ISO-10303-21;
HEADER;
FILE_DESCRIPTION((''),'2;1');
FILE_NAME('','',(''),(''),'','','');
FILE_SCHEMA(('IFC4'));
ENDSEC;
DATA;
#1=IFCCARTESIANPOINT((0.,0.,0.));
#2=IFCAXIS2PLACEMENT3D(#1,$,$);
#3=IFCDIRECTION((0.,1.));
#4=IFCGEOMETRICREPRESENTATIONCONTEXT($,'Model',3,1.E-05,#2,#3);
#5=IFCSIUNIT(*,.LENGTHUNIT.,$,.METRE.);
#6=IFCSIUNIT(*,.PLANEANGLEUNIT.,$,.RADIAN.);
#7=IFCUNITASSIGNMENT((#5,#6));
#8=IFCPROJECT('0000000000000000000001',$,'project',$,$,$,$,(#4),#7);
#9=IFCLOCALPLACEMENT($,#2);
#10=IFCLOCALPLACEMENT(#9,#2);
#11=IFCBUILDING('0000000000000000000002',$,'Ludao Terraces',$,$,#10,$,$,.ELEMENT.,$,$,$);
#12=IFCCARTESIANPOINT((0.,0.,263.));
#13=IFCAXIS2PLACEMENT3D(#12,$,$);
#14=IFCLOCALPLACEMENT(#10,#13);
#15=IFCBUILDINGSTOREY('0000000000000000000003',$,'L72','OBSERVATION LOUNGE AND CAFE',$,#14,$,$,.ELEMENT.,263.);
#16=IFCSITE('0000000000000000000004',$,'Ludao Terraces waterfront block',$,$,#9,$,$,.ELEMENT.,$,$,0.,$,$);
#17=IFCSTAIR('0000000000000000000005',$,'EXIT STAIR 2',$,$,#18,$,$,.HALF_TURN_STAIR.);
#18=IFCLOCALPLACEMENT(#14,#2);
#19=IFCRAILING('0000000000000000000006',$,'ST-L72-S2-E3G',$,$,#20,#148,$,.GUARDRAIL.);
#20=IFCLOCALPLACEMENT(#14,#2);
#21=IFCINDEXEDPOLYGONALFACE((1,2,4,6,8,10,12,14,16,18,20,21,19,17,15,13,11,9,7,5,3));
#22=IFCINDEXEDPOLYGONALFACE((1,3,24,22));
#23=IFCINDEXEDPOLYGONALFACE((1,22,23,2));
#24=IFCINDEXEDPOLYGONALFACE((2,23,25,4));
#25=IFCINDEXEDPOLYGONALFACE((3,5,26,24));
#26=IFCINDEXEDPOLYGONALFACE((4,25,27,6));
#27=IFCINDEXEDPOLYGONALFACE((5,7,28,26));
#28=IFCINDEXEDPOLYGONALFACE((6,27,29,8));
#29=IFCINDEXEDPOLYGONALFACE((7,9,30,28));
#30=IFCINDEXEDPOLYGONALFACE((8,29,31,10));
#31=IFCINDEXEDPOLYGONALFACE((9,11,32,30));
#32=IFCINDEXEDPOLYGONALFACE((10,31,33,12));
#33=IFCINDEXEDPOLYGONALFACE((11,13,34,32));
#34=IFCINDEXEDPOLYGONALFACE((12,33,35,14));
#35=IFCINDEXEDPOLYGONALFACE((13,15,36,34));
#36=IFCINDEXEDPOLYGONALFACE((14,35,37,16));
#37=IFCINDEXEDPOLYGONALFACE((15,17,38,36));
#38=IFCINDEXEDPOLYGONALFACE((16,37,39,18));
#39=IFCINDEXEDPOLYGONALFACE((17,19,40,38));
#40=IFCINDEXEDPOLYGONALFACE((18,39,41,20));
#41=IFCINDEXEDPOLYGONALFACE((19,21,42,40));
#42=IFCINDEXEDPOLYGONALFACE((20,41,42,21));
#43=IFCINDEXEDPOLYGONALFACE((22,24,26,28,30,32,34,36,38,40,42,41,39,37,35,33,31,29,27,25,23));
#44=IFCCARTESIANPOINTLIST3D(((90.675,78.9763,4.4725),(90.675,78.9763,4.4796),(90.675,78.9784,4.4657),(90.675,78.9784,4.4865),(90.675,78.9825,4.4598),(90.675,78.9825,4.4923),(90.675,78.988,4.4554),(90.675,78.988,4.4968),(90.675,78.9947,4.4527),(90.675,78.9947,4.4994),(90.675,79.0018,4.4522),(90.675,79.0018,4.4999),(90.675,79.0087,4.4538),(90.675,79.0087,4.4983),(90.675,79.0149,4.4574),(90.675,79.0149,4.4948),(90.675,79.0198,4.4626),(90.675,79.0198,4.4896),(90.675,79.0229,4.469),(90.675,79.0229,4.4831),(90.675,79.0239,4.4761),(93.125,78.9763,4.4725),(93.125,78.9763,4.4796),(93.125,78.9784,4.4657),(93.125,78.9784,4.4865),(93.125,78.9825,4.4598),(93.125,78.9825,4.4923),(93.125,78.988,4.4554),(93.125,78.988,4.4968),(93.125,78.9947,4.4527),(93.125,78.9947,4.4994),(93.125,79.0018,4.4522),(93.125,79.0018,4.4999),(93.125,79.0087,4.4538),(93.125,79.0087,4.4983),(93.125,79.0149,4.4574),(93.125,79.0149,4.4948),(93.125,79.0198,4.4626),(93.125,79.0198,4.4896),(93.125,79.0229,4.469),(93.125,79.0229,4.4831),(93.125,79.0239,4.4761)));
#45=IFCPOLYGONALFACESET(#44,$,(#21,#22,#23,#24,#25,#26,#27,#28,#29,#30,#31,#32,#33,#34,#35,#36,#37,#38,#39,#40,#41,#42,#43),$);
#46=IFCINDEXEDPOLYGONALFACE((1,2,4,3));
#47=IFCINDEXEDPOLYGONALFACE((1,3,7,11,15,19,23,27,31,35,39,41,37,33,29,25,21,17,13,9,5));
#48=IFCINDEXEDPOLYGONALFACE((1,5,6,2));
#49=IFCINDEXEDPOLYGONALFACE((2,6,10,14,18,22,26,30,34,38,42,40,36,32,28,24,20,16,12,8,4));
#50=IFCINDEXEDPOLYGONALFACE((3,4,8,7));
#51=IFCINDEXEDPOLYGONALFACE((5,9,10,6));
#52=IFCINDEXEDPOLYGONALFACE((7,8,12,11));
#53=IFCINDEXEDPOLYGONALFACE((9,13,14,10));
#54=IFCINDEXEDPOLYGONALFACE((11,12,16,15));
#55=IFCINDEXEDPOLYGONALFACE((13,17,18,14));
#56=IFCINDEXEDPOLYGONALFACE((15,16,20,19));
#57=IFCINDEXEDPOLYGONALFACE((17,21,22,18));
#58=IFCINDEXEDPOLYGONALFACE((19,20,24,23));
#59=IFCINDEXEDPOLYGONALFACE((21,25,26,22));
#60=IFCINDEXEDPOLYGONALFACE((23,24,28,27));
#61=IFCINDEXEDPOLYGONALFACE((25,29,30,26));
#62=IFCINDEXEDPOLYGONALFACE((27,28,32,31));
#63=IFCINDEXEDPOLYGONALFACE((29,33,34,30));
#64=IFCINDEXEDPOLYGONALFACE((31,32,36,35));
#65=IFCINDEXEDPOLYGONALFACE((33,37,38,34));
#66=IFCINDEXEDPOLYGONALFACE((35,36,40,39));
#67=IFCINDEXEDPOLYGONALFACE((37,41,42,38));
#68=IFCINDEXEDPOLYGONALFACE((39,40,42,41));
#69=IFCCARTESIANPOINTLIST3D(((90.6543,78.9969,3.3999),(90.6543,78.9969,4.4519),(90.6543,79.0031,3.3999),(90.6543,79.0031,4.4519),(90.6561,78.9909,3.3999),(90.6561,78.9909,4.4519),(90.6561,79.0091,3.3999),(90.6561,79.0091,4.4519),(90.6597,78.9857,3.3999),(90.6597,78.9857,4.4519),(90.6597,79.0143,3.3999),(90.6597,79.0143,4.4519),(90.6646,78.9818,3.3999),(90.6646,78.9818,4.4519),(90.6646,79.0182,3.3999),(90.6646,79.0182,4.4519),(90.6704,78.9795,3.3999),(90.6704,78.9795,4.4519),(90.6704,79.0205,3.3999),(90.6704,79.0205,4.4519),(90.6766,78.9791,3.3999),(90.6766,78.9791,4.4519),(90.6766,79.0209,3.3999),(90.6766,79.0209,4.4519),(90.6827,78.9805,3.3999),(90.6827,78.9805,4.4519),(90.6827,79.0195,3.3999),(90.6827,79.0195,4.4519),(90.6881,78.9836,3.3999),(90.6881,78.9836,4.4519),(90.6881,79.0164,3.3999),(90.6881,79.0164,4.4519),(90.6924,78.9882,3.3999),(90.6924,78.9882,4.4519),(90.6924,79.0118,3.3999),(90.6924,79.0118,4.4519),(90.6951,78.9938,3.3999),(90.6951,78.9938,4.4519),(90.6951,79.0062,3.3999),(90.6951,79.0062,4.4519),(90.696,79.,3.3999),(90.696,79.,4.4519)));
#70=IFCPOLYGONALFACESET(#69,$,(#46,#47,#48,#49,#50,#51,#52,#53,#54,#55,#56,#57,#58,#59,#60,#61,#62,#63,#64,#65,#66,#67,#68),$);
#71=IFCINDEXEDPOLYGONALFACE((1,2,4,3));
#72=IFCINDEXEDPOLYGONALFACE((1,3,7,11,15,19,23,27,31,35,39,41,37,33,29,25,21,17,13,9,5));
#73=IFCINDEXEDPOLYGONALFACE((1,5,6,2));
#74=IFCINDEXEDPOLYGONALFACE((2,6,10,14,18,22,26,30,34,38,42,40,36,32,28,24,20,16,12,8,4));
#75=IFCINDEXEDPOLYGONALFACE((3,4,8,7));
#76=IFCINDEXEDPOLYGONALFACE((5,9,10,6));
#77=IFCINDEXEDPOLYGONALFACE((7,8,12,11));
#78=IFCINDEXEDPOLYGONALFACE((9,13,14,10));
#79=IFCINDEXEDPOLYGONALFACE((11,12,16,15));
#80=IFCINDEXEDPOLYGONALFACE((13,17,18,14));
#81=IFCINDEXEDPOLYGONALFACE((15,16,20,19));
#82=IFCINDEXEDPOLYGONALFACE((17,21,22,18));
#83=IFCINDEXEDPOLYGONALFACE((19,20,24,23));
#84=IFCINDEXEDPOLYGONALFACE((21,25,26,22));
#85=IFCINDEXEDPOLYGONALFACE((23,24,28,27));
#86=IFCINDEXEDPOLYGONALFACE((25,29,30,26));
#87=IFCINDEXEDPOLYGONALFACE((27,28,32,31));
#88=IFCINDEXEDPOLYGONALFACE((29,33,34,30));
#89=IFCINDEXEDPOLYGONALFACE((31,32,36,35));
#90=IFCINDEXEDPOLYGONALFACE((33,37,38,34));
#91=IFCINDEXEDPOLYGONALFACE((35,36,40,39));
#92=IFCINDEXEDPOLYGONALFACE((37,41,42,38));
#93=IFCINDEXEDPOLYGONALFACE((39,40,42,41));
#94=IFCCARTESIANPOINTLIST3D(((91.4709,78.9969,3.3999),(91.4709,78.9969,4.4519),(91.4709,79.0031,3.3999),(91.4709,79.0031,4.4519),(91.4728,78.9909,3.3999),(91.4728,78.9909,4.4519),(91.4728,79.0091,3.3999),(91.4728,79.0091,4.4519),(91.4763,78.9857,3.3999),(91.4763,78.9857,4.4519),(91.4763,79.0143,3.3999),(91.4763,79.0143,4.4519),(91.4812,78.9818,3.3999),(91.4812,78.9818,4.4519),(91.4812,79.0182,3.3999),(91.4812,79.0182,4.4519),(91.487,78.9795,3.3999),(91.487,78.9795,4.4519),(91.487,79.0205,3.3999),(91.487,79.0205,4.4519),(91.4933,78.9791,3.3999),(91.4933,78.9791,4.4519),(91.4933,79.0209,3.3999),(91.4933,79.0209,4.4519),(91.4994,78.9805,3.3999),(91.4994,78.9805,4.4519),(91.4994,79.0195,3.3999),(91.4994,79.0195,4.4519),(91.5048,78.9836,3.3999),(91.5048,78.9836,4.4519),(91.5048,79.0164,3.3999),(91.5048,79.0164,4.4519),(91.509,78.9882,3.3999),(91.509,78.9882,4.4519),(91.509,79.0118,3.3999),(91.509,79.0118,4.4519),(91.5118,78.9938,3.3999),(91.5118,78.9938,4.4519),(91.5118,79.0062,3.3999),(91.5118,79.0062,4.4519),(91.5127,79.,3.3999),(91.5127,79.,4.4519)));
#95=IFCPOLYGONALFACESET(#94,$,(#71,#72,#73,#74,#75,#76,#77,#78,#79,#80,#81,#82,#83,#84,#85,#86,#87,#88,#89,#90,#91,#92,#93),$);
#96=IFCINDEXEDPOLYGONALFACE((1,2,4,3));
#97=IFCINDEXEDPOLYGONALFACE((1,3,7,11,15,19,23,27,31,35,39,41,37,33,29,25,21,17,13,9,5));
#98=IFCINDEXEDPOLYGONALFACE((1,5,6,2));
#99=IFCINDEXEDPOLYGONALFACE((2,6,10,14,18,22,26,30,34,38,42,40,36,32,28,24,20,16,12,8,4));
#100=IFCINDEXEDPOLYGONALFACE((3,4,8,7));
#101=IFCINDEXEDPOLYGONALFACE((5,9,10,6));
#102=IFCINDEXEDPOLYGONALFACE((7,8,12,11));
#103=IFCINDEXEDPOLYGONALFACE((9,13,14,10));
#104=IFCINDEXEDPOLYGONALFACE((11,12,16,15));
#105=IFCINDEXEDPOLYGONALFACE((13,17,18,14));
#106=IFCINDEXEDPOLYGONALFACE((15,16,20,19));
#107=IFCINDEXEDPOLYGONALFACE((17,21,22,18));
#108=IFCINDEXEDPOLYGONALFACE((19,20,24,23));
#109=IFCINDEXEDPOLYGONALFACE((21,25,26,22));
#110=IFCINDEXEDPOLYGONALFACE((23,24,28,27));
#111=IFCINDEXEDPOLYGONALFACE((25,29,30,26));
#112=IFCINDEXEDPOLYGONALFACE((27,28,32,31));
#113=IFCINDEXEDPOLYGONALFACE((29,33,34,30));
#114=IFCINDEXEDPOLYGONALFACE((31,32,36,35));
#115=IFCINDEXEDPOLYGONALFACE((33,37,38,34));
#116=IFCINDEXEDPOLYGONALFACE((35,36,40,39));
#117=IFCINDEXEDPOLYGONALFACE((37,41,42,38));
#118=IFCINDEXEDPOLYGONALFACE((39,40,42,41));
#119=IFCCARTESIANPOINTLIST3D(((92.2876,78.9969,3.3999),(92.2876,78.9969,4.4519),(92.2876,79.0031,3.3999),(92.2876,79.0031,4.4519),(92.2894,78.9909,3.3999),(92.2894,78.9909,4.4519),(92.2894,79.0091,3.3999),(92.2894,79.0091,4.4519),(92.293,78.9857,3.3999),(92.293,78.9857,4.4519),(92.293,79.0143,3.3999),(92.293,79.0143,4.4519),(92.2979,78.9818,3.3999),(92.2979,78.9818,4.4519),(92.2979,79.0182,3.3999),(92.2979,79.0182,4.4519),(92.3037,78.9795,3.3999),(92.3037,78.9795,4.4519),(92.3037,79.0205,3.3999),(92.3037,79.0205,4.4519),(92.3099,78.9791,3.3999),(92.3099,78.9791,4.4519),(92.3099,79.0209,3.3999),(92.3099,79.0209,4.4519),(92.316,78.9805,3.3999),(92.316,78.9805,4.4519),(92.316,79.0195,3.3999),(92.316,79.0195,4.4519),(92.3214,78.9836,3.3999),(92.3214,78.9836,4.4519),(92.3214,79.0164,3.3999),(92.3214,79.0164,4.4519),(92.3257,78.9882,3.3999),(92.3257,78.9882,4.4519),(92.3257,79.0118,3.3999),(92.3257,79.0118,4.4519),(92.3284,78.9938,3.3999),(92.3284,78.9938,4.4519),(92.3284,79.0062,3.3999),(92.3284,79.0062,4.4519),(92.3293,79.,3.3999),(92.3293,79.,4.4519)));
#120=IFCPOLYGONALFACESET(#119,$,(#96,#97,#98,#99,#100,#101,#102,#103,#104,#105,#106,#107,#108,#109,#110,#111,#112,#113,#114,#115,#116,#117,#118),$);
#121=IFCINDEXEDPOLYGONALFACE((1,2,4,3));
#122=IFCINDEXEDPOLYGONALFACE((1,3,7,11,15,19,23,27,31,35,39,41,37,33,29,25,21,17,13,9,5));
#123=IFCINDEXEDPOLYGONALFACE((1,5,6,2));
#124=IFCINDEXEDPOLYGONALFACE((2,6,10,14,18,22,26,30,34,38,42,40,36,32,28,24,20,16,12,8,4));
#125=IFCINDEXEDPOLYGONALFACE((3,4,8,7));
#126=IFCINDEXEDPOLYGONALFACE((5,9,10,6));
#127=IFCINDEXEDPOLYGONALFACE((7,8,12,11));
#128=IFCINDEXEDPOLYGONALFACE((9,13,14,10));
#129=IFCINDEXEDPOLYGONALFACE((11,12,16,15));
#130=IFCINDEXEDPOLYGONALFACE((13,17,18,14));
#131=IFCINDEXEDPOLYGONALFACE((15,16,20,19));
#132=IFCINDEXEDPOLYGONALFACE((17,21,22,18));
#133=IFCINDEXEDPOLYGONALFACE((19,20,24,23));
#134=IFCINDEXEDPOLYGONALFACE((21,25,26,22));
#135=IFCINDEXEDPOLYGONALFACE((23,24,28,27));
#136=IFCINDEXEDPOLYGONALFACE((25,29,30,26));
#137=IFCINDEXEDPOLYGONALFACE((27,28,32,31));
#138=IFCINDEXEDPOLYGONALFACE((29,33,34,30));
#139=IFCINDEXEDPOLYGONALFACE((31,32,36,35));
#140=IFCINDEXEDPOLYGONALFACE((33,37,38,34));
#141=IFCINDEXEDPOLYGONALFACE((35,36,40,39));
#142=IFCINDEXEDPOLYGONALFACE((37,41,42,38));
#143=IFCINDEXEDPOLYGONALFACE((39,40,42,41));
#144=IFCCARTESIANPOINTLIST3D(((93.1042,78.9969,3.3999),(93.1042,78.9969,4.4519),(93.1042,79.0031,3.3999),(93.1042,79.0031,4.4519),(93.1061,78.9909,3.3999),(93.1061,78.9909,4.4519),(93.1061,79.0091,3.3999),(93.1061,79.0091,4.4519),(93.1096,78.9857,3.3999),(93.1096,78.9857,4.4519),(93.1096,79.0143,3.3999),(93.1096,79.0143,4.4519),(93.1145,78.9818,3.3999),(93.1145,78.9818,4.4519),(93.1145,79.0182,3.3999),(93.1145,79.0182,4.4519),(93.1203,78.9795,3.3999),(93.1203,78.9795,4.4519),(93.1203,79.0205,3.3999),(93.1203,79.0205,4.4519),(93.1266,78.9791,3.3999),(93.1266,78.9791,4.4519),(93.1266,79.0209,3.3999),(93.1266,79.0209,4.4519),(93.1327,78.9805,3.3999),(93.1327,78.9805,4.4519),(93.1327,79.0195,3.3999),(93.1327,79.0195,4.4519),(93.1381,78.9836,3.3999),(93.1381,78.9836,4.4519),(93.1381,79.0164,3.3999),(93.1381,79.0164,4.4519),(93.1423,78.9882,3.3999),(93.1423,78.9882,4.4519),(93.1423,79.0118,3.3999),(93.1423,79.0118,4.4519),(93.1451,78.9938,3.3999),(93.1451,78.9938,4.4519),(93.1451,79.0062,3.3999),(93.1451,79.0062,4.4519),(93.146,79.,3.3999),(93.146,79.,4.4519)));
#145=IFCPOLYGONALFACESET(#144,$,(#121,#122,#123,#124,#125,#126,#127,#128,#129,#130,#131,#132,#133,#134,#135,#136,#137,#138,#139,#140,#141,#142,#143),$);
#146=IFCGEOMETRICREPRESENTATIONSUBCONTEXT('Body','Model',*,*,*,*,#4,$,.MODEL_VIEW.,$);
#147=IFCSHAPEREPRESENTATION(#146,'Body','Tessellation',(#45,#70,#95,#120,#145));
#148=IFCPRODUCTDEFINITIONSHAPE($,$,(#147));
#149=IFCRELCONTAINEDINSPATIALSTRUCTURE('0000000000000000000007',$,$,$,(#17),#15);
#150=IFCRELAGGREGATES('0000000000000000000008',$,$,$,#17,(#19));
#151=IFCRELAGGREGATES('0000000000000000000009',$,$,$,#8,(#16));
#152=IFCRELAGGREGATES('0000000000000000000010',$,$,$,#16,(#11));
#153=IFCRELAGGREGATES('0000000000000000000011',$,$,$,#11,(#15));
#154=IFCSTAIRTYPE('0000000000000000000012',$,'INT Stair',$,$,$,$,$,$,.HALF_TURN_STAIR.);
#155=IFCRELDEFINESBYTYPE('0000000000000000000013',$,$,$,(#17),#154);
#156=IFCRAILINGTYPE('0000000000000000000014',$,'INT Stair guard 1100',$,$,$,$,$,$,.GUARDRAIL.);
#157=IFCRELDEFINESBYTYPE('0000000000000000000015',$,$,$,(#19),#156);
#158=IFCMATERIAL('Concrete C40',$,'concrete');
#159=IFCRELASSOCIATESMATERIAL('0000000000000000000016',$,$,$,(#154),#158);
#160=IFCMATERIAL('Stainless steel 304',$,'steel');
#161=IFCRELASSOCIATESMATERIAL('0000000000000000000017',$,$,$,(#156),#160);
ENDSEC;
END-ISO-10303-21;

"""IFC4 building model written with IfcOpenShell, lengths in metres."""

from ifc_helpers import new_model, si_unit, direction, frame, origin, origin_2d, place, context, subcontext, project, spatial, circle, extrude, material, type_object, element, aggregate, save


model = new_model("IFC4")

# Units and contexts
model_context = context("Model", 3, precision=1e-05, world=origin(), true_north=direction((0.0, 1.0)))
body_context = subcontext(model_context, "Body", "Model", "MODEL_VIEW")
ifc_project = project(units=[si_unit("LENGTHUNIT", "METRE"), si_unit("PLANEANGLEUNIT", "RADIAN")], contexts=[model_context])

# Site, building, storey
site_placement = place(None, origin())
site = spatial("IfcSite", under=ifc_project, at=site_placement, Name="Ludao Terraces waterfront block", CompositionType="ELEMENT", RefElevation=0.0)
building_placement = place(site_placement, origin())
building = spatial("IfcBuilding", under=site, at=building_placement, Name="Ludao Terraces", CompositionType="ELEMENT")
storey_placement = place(building_placement, frame((0.0, 0.0, 263.0)))
storey = spatial("IfcBuildingStorey", under=building, at=storey_placement, Name="L72", Description="OBSERVATION LOUNGE AND CAFE", CompositionType="ELEMENT", Elevation=263.0)

# Shared definitions
ifc_material_1 = material(Name="Stainless steel 304", Category="steel")

# Stair, railing
ifc_material_2 = material(Name="Concrete C40", Category="concrete")
stair_type = type_object("IfcStairType", Name="INT Stair", PredefinedType="HALF_TURN_STAIR", material=ifc_material_2)
stair_placement = place(storey_placement, origin())
stair = element("IfcStair", 1, at=stair_placement, inside=storey, type_object=stair_type, Name="EXIT STAIR 2", PredefinedType="HALF_TURN_STAIR")
railing_type_1 = type_object("IfcRailingType", Name="INT Stair guard 1100", PredefinedType="GUARDRAIL", material=ifc_material_1)
railing_1_placement = place(storey_placement, frame((90.675, 79.0, 3.3999)))
railing_1 = element("IfcRailing", 2, at=railing_1_placement, type_object=railing_type_1, Name="ST-L72-S2-E3G", PredefinedType="GUARDRAIL", context=body_context, shape_type="SweptSolid", body=[
    extrude(circle(Radius=0.0239, at=origin_2d()), frame((0.0, 0.0, 1.0762), z_axis=(1.0, 0.0, 0.0), x_axis=(0.0, 1.0, 0.0)), (0.0, 0.0, 1.0), 2.45),
    extrude(circle(Radius=0.021, at=origin_2d()), origin(), (0.0, 0.0, 1.0), 1.052),
    extrude(circle(Radius=0.021, at=origin_2d()), frame((0.8167, 0.0, 0.0)), (0.0, 0.0, 1.0), 1.052),
    extrude(circle(Radius=0.021, at=origin_2d()), frame((1.6333, 0.0, 0.0)), (0.0, 0.0, 1.0), 1.052),
    extrude(circle(Radius=0.021, at=origin_2d()), frame((2.45, 0.0, 0.0)), (0.0, 0.0, 1.0), 1.052),
])
aggregate(stair, [railing_1])

save(model, "model.ifc")
